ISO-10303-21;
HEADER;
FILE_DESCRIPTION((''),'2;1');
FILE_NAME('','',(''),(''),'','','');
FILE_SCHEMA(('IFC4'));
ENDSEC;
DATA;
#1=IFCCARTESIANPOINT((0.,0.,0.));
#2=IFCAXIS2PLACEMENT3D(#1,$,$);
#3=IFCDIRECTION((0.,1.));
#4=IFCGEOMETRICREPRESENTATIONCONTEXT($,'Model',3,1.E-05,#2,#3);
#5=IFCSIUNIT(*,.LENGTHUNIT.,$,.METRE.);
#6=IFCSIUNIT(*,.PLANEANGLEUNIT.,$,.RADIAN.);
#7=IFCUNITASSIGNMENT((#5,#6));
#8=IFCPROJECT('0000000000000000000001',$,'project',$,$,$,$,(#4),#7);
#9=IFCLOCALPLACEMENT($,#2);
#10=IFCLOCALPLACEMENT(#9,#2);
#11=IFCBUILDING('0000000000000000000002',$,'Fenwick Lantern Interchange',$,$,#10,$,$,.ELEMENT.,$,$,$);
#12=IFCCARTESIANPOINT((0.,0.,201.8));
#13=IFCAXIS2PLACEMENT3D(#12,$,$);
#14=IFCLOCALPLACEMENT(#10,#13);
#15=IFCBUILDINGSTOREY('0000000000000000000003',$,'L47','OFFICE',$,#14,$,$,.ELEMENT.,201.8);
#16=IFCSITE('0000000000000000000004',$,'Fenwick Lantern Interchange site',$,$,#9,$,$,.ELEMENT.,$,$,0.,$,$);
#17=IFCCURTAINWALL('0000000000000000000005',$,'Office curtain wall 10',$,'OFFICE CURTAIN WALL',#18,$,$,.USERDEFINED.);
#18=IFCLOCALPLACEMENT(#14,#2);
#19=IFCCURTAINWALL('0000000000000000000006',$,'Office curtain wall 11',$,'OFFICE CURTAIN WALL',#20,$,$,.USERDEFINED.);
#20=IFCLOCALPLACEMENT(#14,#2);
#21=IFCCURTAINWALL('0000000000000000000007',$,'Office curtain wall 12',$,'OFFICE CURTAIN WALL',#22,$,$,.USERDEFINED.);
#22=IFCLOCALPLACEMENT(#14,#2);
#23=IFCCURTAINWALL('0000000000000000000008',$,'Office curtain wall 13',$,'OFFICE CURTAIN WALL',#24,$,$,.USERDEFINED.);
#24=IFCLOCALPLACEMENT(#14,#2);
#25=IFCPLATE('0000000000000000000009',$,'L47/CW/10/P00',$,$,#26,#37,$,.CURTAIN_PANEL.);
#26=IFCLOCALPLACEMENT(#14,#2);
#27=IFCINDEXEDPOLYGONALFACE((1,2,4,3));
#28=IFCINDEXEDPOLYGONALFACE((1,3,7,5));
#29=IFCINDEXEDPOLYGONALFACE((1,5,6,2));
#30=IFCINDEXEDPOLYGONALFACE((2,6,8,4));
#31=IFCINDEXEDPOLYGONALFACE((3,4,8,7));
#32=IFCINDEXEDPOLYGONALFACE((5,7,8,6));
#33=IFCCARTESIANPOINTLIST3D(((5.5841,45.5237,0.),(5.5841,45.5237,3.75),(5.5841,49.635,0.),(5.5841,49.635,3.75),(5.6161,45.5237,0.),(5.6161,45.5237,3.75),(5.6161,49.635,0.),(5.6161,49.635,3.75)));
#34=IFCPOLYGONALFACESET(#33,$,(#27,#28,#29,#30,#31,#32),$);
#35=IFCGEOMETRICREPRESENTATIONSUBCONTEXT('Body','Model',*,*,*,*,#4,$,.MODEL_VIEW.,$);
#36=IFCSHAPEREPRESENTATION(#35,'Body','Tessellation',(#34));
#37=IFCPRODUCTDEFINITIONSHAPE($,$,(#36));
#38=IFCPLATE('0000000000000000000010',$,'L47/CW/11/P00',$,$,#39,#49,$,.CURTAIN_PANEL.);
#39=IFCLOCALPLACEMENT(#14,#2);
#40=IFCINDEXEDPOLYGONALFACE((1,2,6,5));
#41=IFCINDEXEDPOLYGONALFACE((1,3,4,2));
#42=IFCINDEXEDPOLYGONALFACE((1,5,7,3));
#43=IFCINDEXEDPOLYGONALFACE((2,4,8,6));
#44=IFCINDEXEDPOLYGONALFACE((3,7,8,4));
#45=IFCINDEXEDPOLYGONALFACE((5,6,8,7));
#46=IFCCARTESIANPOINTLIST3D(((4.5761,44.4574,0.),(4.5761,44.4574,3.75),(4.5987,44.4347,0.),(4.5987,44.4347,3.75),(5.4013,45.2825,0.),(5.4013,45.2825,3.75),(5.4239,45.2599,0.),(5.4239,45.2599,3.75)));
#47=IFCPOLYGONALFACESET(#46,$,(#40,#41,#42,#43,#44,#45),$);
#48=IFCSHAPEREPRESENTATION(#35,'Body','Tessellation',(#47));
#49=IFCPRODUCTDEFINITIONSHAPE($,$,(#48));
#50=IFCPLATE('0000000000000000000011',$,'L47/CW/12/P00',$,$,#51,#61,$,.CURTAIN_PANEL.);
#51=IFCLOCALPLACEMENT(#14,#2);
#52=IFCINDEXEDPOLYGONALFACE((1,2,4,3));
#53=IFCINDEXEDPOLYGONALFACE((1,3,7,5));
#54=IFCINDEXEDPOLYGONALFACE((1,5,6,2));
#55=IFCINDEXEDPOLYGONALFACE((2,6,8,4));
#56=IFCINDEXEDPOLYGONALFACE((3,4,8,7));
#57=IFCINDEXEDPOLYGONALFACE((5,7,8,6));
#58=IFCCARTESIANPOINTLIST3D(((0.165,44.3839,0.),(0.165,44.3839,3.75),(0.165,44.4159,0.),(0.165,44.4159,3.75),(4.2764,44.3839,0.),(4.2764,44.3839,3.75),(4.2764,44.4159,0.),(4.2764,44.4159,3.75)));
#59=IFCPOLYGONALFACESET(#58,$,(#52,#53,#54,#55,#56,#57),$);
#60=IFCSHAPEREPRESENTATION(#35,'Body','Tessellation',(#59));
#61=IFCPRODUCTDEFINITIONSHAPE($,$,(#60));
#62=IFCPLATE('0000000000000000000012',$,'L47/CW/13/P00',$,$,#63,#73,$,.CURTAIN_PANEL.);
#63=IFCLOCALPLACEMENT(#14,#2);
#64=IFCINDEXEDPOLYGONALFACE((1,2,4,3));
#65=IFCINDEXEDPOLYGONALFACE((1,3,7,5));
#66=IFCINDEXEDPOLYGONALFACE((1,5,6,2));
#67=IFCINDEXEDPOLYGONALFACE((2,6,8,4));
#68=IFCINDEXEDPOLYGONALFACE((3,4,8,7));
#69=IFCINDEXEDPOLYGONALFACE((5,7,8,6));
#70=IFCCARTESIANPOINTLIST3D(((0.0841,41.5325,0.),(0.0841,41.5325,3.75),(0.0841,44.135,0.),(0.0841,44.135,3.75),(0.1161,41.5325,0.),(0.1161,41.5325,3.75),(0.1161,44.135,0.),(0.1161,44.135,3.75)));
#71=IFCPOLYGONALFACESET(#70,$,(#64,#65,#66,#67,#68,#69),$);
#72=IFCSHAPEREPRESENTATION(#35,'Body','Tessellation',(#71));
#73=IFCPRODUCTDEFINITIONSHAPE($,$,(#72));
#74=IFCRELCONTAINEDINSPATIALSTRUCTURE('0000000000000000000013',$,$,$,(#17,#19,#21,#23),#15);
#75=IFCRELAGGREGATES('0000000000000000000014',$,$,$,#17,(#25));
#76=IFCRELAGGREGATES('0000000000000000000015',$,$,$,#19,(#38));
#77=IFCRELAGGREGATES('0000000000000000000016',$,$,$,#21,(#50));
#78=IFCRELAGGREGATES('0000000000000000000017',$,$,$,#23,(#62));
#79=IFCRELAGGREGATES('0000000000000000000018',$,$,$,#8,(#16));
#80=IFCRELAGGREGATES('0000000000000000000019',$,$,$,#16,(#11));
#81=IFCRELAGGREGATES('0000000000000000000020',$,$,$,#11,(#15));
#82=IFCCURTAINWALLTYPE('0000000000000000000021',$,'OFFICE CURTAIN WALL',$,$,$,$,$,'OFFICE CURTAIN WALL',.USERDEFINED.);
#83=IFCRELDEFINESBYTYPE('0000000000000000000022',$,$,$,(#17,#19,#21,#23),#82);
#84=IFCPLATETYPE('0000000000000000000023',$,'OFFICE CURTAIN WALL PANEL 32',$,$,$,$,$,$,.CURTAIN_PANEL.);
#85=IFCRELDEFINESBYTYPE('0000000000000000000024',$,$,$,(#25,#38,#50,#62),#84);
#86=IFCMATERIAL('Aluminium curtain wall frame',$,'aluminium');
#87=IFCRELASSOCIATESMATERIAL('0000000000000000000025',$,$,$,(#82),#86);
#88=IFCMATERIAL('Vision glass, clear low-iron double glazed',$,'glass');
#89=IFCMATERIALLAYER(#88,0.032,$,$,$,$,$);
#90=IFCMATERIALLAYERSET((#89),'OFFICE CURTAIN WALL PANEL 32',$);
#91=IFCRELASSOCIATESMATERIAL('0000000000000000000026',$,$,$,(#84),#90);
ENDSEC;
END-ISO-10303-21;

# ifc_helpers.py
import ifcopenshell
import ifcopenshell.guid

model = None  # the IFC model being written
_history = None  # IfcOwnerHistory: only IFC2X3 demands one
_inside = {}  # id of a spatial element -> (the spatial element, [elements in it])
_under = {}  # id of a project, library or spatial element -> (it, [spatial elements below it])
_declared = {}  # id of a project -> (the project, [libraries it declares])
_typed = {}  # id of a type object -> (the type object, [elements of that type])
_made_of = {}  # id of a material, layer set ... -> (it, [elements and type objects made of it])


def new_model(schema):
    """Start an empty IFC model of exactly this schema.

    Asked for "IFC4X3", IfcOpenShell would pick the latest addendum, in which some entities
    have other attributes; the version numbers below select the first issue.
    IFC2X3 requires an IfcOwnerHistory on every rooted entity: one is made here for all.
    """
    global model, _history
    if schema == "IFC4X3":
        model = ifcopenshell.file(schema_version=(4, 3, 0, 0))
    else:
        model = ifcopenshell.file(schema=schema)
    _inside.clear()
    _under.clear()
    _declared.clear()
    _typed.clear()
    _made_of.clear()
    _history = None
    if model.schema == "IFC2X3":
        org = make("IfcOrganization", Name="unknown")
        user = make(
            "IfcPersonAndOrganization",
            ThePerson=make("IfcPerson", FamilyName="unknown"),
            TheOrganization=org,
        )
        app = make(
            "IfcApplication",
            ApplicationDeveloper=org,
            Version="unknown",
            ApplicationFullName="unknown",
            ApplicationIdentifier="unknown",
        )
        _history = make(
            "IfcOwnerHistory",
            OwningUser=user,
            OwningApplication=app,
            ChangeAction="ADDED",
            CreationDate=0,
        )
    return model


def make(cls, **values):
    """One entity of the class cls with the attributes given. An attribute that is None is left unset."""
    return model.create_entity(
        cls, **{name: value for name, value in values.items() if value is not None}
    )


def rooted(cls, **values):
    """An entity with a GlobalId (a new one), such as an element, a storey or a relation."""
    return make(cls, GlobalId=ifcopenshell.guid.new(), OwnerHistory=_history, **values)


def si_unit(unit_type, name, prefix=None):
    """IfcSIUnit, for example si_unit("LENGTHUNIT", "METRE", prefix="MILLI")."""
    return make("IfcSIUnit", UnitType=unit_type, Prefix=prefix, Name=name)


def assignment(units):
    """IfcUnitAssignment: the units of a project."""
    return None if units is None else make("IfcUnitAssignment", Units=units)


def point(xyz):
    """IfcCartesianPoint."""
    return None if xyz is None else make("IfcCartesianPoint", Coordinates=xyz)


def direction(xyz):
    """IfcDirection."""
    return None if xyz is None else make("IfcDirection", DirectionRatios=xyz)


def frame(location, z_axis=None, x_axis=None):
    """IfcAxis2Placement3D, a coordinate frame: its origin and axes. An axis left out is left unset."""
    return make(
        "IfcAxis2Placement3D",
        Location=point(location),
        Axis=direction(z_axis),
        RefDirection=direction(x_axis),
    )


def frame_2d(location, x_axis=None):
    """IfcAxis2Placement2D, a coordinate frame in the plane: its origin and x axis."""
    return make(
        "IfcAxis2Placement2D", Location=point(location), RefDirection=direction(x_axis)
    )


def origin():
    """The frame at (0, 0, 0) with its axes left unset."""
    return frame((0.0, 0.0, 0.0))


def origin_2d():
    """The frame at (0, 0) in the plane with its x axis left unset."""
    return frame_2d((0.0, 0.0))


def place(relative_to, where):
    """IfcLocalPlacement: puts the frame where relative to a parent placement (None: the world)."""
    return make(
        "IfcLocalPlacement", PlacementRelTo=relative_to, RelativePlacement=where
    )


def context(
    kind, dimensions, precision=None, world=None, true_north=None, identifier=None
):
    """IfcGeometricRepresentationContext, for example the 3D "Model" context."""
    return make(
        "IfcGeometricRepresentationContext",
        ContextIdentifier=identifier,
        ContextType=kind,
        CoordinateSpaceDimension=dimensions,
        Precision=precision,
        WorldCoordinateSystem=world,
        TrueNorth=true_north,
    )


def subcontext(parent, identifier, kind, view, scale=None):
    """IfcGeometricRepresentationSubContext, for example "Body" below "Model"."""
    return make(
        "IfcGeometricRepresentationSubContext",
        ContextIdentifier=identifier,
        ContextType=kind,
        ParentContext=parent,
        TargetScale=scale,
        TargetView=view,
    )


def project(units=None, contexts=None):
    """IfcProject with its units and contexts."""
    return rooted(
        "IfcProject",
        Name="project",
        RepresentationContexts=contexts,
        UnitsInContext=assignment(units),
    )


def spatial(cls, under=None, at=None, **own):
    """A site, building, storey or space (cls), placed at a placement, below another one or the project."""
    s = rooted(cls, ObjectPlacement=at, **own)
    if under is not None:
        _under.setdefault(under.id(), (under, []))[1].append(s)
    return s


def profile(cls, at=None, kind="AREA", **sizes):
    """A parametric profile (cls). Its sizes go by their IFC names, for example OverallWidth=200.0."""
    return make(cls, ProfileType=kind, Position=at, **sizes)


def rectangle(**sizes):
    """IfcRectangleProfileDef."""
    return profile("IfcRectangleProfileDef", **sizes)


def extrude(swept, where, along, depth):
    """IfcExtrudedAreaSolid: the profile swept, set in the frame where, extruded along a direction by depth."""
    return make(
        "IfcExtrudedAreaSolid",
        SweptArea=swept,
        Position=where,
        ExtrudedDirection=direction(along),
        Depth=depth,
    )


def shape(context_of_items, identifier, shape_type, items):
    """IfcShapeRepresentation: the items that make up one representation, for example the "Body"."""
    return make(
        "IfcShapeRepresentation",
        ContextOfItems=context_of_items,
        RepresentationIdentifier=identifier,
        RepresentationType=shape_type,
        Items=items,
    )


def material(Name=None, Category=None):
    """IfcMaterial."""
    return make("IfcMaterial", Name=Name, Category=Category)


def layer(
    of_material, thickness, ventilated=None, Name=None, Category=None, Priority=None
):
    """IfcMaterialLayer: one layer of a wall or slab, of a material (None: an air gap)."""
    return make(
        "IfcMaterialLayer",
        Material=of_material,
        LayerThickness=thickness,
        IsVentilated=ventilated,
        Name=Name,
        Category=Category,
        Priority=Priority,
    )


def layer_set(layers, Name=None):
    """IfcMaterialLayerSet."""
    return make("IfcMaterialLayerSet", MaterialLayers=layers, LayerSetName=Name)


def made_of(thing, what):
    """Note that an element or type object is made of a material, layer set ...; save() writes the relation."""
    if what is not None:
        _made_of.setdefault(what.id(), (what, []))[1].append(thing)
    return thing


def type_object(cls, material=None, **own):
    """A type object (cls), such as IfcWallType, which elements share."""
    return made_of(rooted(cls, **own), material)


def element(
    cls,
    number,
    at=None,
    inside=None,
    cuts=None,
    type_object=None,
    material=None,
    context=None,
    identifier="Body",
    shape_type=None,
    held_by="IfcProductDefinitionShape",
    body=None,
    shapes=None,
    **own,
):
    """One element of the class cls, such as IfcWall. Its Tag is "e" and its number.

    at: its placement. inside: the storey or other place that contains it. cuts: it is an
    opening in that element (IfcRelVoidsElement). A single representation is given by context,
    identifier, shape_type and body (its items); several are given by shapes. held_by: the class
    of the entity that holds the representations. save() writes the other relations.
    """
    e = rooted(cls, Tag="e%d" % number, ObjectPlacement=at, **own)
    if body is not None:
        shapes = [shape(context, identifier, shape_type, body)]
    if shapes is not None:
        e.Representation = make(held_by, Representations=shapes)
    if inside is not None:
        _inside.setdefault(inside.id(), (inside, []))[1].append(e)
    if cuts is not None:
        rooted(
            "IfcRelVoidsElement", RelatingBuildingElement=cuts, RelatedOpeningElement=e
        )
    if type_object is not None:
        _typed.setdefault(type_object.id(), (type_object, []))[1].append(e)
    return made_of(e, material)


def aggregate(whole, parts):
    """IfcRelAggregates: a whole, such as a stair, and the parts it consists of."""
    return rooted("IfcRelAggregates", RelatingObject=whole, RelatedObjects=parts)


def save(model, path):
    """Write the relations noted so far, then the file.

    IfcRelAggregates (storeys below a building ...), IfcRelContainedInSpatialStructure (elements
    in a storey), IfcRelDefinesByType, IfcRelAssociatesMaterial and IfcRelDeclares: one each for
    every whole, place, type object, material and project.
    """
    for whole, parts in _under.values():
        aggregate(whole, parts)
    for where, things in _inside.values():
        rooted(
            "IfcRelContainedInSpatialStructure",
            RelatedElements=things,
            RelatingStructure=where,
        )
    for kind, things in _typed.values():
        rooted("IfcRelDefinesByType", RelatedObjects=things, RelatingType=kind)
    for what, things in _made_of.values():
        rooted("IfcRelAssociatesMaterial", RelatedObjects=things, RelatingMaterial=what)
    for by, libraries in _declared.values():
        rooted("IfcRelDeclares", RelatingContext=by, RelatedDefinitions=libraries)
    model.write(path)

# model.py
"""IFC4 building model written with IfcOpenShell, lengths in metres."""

from ifc_helpers import new_model, si_unit, direction, frame, origin, origin_2d, place, context, subcontext, project, spatial, rectangle, extrude, material, layer, layer_set, type_object, element, aggregate, save


model = new_model("IFC4")

# Units and contexts
model_context = context("Model", 3, precision=1e-05, world=origin(), true_north=direction((0.0, 1.0)))
body_context = subcontext(model_context, "Body", "Model", "MODEL_VIEW")
ifc_project = project(units=[si_unit("LENGTHUNIT", "METRE"), si_unit("PLANEANGLEUNIT", "RADIAN")], contexts=[model_context])

# Site, building, storey
site_placement = place(None, origin())
site = spatial("IfcSite", under=ifc_project, at=site_placement, Name="Fenwick Lantern Interchange site", CompositionType="ELEMENT", RefElevation=0.0)
building_placement = place(site_placement, origin())
building = spatial("IfcBuilding", under=site, at=building_placement, Name="Fenwick Lantern Interchange", CompositionType="ELEMENT")
storey_placement = place(building_placement, frame((0.0, 0.0, 201.8)))
storey = spatial("IfcBuildingStorey", under=building, at=storey_placement, Name="L47", Description="OFFICE", CompositionType="ELEMENT", Elevation=201.8)

# Curtain wall
ifc_material_1 = material(Name="Aluminium curtain wall frame", Category="aluminium")
curtain_wall_type = type_object("IfcCurtainWallType", Name="OFFICE CURTAIN WALL", ElementType="OFFICE CURTAIN WALL", PredefinedType="USERDEFINED", material=ifc_material_1)
curtain_wall_1_placement = place(storey_placement, origin())
curtain_wall_1 = element("IfcCurtainWall", 1, at=curtain_wall_1_placement, inside=storey, type_object=curtain_wall_type, Name="Office curtain wall 10", ObjectType="OFFICE CURTAIN WALL", PredefinedType="USERDEFINED")

# Curtain walls
curtain_wall_2_placement = place(storey_placement, origin())
curtain_wall_2 = element("IfcCurtainWall", 2, at=curtain_wall_2_placement, inside=storey, type_object=curtain_wall_type, Name="Office curtain wall 11", ObjectType="OFFICE CURTAIN WALL", PredefinedType="USERDEFINED")
curtain_wall_3_placement = place(storey_placement, origin())
curtain_wall_3 = element("IfcCurtainWall", 3, at=curtain_wall_3_placement, inside=storey, type_object=curtain_wall_type, Name="Office curtain wall 12", ObjectType="OFFICE CURTAIN WALL", PredefinedType="USERDEFINED")
curtain_wall_4_placement = place(storey_placement, origin())
curtain_wall_4 = element("IfcCurtainWall", 4, at=curtain_wall_4_placement, inside=storey, type_object=curtain_wall_type, Name="Office curtain wall 13", ObjectType="OFFICE CURTAIN WALL", PredefinedType="USERDEFINED")

# Plates
ifc_material_2 = material(Name="Vision glass, clear low-iron double glazed", Category="glass")
ifc_layer_1 = layer(ifc_material_2, 0.032)
ifc_layer_set_1 = layer_set([ifc_layer_1], Name="OFFICE CURTAIN WALL PANEL 32")
plate_type = type_object("IfcPlateType", Name="OFFICE CURTAIN WALL PANEL 32", PredefinedType="CURTAIN_PANEL", material=ifc_layer_set_1)
plate_1_placement = place(storey_placement, frame((5.6001, 47.5793, 0.0), z_axis=(0.0, 0.0, 1.0), x_axis=(0.0, -1.0, 0.0)))
plate_1 = element("IfcPlate", 5, at=plate_1_placement, type_object=plate_type, Name="L47/CW/10/P00", PredefinedType="CURTAIN_PANEL", context=body_context, shape_type="SweptSolid", body=[
    extrude(rectangle(XDim=4.1113, YDim=0.032, at=origin_2d()), origin(), (0.0, 0.0, 1.0), 3.75),
])
aggregate(curtain_wall_1, [plate_1])
plate_2_placement = place(storey_placement, frame((5.0, 44.8586, 0.0), z_axis=(0.0, 0.0, 1.0), x_axis=(-0.707107, -0.707107, 0.0)))
plate_2 = element("IfcPlate", 6, at=plate_2_placement, type_object=plate_type, Name="L47/CW/11/P00", PredefinedType="CURTAIN_PANEL", context=body_context, shape_type="SweptSolid", body=[
    extrude(rectangle(XDim=1.167, YDim=0.032, at=origin_2d()), origin(), (0.0, 0.0, 1.0), 3.75),
])
aggregate(curtain_wall_2, [plate_2])
plate_3_placement = place(storey_placement, frame((2.2207, 44.3999, 0.0), z_axis=(0.0, 0.0, 1.0), x_axis=(-1.0, 0.0, 0.0)))
plate_3 = element("IfcPlate", 7, at=plate_3_placement, type_object=plate_type, Name="L47/CW/12/P00", PredefinedType="CURTAIN_PANEL", context=body_context, shape_type="SweptSolid", body=[
    extrude(rectangle(XDim=4.1113, YDim=0.032, at=origin_2d()), origin(), (0.0, 0.0, 1.0), 3.75),
])
aggregate(curtain_wall_3, [plate_3])
plate_4_placement = place(storey_placement, frame((0.1001, 42.8337, 0.0), z_axis=(0.0, 0.0, 1.0), x_axis=(0.0, -1.0, 0.0)))
plate_4 = element("IfcPlate", 8, at=plate_4_placement, type_object=plate_type, Name="L47/CW/13/P00", PredefinedType="CURTAIN_PANEL", context=body_context, shape_type="SweptSolid", body=[
    extrude(rectangle(XDim=2.6025, YDim=0.032, at=origin_2d()), origin(), (0.0, 0.0, 1.0), 3.75),
])
aggregate(curtain_wall_4, [plate_4])

save(model, "model.ifc")
